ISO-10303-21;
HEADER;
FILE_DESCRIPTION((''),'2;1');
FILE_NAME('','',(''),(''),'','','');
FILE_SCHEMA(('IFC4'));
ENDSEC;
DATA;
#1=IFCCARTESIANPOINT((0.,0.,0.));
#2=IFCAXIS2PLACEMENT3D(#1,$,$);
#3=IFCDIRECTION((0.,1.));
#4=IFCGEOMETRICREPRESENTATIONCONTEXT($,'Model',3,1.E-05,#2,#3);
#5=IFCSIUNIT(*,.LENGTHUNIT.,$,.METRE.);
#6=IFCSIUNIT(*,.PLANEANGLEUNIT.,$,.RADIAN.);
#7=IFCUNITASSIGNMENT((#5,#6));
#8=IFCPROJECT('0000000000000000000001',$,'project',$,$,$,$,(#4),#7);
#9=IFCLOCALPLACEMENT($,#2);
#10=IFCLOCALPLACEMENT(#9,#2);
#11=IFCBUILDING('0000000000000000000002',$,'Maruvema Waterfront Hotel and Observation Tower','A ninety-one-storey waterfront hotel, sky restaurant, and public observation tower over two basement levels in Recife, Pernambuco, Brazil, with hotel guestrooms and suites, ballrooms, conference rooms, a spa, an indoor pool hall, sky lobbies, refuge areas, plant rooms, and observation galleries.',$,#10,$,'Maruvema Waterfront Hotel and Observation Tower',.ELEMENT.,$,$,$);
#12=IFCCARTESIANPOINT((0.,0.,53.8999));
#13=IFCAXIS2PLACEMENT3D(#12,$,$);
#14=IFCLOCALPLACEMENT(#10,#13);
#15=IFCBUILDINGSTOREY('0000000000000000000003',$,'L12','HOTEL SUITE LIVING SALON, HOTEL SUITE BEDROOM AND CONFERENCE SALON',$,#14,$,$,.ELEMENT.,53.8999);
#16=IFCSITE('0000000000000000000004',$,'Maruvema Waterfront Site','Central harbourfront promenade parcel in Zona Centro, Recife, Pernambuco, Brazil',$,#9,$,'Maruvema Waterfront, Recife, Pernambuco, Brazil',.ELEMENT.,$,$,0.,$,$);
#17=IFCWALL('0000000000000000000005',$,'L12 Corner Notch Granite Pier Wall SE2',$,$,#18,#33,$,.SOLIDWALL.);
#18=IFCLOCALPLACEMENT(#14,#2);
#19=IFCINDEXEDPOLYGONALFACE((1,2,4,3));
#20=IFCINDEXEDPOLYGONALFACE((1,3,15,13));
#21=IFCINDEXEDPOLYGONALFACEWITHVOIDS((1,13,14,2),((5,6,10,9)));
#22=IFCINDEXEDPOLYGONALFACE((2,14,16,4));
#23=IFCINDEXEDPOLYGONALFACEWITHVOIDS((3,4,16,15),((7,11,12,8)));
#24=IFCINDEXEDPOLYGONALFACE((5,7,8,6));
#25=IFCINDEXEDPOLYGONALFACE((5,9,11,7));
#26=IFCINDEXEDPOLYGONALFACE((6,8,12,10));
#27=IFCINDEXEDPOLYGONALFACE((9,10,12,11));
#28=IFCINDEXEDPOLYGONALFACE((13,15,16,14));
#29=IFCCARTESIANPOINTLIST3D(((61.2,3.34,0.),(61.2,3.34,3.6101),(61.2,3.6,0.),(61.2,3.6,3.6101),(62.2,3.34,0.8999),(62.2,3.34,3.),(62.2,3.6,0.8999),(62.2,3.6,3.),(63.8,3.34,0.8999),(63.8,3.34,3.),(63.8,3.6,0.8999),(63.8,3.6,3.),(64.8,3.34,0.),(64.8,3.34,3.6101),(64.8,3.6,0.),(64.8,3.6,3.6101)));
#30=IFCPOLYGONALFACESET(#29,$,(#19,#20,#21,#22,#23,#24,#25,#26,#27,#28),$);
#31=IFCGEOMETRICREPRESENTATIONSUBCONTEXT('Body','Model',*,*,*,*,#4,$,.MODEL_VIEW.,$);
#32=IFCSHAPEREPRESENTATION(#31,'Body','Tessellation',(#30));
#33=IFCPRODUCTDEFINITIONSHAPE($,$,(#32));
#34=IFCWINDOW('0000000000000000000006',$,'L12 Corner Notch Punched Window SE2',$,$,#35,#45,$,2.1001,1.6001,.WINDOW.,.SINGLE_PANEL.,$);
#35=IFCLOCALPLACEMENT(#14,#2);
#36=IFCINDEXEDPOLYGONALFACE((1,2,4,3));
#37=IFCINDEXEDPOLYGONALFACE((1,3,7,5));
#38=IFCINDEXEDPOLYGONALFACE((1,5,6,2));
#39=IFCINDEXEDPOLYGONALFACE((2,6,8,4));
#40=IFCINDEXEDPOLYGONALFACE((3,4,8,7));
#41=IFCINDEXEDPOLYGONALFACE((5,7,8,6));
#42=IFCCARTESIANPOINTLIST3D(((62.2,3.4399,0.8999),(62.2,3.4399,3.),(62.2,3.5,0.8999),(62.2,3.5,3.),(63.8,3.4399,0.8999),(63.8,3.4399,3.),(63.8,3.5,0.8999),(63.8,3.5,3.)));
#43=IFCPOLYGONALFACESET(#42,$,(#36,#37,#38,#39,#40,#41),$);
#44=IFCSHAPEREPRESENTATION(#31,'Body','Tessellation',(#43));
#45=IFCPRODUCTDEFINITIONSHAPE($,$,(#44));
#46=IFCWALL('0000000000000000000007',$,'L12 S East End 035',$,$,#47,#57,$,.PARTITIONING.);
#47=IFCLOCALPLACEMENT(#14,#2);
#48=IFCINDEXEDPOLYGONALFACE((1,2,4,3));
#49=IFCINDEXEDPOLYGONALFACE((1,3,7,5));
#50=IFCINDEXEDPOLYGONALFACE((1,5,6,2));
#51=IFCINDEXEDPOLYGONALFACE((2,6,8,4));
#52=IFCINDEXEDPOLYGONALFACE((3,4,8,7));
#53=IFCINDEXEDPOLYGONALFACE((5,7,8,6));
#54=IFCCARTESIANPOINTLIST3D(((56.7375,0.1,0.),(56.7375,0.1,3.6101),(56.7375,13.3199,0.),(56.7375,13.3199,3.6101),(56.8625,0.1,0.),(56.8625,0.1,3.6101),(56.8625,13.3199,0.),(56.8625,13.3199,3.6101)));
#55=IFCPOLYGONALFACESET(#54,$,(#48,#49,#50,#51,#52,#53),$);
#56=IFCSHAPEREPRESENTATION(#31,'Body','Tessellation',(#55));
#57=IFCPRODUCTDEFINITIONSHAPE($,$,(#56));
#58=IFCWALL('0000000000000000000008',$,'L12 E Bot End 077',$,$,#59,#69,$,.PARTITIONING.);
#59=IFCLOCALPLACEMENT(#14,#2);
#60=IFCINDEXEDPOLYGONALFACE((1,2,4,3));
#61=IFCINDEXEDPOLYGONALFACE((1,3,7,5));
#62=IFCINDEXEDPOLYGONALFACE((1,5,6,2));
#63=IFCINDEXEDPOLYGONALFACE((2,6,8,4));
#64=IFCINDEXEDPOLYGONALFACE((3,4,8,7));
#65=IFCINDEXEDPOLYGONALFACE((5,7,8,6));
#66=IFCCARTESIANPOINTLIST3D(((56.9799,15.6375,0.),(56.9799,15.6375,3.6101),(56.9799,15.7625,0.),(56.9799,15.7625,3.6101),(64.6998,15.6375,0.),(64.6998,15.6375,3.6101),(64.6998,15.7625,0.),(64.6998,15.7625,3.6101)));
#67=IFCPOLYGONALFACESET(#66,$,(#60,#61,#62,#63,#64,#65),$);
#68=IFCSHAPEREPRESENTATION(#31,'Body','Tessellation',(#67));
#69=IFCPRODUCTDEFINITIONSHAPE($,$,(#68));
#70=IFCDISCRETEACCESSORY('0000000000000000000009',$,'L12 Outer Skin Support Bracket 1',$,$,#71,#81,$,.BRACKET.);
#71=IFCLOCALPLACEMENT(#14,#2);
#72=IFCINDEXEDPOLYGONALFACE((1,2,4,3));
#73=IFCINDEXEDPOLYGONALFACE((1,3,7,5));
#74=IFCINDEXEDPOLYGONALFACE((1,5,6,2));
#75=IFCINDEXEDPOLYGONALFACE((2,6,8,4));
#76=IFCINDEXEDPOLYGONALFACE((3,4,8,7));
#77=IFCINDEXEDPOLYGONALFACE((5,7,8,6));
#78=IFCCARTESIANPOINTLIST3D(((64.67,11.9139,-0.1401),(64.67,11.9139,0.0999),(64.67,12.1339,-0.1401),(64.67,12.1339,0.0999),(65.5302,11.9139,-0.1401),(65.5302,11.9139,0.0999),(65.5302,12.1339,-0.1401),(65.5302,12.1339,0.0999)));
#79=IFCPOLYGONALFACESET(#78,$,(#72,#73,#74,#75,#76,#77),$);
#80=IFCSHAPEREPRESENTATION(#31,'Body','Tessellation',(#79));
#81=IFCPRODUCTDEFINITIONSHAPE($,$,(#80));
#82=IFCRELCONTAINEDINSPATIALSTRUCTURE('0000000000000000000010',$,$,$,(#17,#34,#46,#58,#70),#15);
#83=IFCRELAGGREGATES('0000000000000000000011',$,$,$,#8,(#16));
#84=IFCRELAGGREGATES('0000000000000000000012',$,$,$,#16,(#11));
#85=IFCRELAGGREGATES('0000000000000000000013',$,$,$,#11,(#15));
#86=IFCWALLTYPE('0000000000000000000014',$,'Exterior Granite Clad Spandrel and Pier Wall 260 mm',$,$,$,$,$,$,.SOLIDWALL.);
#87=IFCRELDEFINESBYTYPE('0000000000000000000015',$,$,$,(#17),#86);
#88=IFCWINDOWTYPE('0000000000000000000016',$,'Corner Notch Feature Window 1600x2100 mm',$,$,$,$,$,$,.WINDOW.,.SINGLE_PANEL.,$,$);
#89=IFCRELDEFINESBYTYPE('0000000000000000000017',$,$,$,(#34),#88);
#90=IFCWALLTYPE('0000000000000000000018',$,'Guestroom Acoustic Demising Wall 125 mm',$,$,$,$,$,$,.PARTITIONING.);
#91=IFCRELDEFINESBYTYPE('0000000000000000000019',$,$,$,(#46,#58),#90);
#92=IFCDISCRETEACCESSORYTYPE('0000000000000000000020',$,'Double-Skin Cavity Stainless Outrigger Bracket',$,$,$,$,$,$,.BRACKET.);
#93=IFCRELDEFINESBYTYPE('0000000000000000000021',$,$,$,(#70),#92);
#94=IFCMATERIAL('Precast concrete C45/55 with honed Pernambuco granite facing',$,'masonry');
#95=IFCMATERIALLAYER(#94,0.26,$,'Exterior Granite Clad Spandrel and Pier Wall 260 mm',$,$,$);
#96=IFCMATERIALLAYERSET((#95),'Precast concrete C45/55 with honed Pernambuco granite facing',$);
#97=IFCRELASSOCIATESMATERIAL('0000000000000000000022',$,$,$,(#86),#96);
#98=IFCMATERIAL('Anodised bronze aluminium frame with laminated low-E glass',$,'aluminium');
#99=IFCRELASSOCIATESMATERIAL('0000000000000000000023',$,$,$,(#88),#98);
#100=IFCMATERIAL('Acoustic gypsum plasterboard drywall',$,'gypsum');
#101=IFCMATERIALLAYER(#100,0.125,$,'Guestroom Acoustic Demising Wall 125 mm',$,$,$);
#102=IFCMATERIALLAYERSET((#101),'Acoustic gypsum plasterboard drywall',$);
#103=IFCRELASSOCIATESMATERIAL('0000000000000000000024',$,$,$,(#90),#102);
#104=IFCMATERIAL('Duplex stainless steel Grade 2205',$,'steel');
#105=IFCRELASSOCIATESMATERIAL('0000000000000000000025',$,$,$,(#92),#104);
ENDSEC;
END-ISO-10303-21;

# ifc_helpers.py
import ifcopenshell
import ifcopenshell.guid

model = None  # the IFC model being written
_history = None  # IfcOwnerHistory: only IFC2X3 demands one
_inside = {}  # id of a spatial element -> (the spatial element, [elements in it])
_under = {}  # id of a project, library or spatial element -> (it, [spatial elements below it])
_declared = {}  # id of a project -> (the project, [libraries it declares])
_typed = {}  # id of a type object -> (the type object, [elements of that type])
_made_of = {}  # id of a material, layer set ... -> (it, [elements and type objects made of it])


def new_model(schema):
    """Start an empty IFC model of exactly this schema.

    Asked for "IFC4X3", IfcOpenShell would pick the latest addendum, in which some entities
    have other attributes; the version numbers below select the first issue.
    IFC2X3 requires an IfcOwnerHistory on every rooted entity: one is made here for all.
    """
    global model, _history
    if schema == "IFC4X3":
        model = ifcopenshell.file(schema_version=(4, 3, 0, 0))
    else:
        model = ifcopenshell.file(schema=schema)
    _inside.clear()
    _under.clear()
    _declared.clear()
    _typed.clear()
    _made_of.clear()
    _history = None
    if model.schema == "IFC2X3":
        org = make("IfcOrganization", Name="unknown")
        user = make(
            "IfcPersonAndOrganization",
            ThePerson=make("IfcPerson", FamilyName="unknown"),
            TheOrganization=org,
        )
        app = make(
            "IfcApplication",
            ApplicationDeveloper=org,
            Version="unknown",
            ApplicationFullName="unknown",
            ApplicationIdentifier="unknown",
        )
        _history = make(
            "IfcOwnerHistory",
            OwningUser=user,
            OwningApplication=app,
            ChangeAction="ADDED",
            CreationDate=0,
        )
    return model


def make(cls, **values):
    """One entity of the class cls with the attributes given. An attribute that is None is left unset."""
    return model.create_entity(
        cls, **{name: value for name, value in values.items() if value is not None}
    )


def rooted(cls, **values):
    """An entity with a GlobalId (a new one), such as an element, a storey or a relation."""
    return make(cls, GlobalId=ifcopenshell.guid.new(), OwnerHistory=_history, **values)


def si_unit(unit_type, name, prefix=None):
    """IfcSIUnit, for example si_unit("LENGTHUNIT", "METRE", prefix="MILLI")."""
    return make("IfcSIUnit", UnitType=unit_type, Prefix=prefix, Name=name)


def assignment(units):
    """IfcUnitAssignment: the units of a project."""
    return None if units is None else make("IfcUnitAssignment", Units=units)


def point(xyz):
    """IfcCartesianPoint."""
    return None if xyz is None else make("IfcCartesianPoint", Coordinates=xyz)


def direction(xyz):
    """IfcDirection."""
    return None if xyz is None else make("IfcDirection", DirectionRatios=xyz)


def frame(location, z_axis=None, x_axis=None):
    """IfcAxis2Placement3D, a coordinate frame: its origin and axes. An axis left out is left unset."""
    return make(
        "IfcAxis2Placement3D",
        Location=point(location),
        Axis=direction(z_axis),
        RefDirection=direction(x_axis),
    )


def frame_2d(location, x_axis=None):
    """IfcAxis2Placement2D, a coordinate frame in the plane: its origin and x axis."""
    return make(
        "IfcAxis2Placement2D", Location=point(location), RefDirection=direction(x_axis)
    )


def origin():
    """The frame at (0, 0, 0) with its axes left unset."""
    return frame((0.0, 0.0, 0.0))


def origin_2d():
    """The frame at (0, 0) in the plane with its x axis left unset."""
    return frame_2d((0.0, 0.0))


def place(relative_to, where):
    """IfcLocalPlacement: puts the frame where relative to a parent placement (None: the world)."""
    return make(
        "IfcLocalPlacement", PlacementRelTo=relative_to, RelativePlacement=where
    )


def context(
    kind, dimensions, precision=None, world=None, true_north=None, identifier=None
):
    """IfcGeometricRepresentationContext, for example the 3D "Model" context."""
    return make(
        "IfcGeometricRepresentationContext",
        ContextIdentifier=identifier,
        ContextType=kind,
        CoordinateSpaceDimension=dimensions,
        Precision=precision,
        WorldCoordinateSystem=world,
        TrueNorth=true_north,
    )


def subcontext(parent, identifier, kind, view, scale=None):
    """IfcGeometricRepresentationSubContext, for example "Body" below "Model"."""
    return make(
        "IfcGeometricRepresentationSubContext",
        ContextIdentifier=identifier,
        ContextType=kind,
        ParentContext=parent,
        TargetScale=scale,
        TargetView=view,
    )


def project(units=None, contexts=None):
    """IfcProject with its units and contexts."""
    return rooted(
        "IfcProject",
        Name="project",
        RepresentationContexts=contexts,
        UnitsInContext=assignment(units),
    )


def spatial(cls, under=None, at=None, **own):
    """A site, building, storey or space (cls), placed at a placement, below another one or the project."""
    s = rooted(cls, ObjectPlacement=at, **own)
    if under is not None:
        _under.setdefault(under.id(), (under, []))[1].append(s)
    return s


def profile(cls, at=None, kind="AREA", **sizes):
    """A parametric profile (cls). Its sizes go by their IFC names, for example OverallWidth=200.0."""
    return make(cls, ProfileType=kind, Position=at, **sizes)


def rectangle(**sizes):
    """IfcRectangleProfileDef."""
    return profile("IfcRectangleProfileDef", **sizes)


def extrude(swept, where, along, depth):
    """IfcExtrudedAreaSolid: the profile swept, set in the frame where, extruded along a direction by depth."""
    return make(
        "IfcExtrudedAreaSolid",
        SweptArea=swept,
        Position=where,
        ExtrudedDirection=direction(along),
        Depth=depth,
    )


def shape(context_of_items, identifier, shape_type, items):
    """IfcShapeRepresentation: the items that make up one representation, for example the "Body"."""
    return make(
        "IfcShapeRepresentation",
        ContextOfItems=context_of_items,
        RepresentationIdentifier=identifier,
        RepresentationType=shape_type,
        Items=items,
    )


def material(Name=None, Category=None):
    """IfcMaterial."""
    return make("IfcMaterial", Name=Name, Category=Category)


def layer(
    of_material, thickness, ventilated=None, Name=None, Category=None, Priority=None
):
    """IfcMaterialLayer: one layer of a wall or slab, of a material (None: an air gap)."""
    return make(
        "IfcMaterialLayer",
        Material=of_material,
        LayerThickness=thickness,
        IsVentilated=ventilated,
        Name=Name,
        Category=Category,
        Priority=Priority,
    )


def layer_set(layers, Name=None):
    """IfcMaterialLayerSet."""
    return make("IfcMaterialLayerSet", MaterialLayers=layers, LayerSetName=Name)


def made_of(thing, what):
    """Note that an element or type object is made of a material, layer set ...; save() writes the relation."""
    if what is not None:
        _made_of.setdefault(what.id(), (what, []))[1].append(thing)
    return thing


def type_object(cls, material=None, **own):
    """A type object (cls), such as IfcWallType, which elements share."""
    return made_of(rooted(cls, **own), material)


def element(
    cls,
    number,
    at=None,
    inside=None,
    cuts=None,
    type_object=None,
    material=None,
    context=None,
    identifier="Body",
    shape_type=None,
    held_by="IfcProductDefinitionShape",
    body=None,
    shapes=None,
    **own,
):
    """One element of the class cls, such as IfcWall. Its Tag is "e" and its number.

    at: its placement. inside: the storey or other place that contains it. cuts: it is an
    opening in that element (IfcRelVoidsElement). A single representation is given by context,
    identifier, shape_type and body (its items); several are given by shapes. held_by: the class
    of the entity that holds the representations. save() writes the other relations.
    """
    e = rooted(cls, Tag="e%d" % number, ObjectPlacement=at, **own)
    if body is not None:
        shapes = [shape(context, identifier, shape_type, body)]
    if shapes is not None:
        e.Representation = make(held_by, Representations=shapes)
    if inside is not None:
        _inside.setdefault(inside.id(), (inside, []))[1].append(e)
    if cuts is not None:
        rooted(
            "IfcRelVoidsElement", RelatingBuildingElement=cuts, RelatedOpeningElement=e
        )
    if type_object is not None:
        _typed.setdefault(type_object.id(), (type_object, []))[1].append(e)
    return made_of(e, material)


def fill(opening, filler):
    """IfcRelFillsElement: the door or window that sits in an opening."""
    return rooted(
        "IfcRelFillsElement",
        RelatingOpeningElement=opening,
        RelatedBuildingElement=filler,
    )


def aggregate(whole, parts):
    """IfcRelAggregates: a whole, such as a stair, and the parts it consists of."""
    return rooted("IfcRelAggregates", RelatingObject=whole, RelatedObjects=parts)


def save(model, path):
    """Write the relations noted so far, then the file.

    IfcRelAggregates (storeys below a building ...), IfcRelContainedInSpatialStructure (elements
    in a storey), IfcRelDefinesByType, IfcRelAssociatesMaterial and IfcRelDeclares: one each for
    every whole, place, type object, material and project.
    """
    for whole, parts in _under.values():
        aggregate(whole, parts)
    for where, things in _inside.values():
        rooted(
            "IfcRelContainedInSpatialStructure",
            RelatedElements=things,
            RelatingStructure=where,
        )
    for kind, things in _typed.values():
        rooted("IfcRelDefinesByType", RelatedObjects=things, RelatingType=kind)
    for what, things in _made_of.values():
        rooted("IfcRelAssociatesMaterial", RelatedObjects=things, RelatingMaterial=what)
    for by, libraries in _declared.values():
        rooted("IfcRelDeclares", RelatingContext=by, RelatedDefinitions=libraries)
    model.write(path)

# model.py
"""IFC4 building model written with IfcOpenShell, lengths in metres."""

from ifc_helpers import new_model, si_unit, direction, frame, frame_2d, origin, origin_2d, place, context, subcontext, project, spatial, rectangle, extrude, material, layer, layer_set, type_object, element, fill, save


model = new_model("IFC4")

# Units and contexts
model_context = context("Model", 3, precision=1e-05, world=origin(), true_north=direction((0.0, 1.0)))
body_context = subcontext(model_context, "Body", "Model", "MODEL_VIEW")
ifc_project = project(units=[si_unit("LENGTHUNIT", "METRE"), si_unit("PLANEANGLEUNIT", "RADIAN")], contexts=[model_context])

# Site, building, storey
site_placement = place(None, origin())
site = spatial("IfcSite", under=ifc_project, at=site_placement, Name="Maruvema Waterfront Site", Description="Central harbourfront promenade parcel in Zona Centro, Recife, Pernambuco, Brazil", LongName="Maruvema Waterfront, Recife, Pernambuco, Brazil", CompositionType="ELEMENT", RefElevation=0.0)
building_placement = place(site_placement, origin())
building = spatial("IfcBuilding", under=site, at=building_placement, Name="Maruvema Waterfront Hotel and Observation Tower", Description="A ninety-one-storey waterfront hotel, sky restaurant, and public observation tower over two basement levels in Recife, Pernambuco, Brazil, with hotel guestrooms and suites, ballrooms, conference rooms, a spa, an indoor pool hall, sky lobbies, refuge areas, plant rooms, and observation galleries.", LongName="Maruvema Waterfront Hotel and Observation Tower", CompositionType="ELEMENT")
storey_placement = place(building_placement, frame((0.0, 0.0, 53.8999)))
storey = spatial("IfcBuildingStorey", under=building, at=storey_placement, Name="L12", Description="HOTEL SUITE LIVING SALON, HOTEL SUITE BEDROOM AND CONFERENCE SALON", CompositionType="ELEMENT", Elevation=53.8999)

# Shared definitions
ifc_material_1 = material(Name="Precast concrete C45/55 with honed Pernambuco granite facing", Category="masonry")
ifc_layer_1 = layer(ifc_material_1, 0.26, Name="Exterior Granite Clad Spandrel and Pier Wall 260 mm")
ifc_layer_set_1 = layer_set([ifc_layer_1], Name="Precast concrete C45/55 with honed Pernambuco granite facing")
wall_type_1 = type_object("IfcWallType", Name="Exterior Granite Clad Spandrel and Pier Wall 260 mm", PredefinedType="SOLIDWALL", material=ifc_layer_set_1)

# Wall, opening, window
wall_1_placement = place(storey_placement, frame((64.8, 3.47, 0.0), z_axis=(0.0, 0.0, 1.0), x_axis=(-1.0, 0.0, 0.0)))
wall_1 = element("IfcWall", 1, at=wall_1_placement, inside=storey, type_object=wall_type_1, Name="L12 Corner Notch Granite Pier Wall SE2", PredefinedType="SOLIDWALL", context=body_context, shape_type="SweptSolid", body=[
    extrude(rectangle(XDim=3.6001, YDim=0.26, at=frame_2d((1.8, 0.0))), origin(), (0.0, 0.0, 1.0), 3.6101),
])
opening_1_placement = place(wall_1_placement, frame((1.0, 0.0, 0.8999)))
opening_1 = element("IfcOpeningElement", 2, at=opening_1_placement, cuts=wall_1, PredefinedType="OPENING", context=body_context, shape_type="SweptSolid", body=[
    extrude(rectangle(XDim=1.6001, YDim=2.1001, at=frame_2d((0.8, 1.05))), frame((0.0, 0.1401, 0.0), z_axis=(0.0, -1.0, 0.0), x_axis=(1.0, 0.0, 0.0)), (0.0, 0.0, 1.0), 0.28),
])
ifc_material_2 = material(Name="Anodised bronze aluminium frame with laminated low-E glass", Category="aluminium")
window_type = type_object("IfcWindowType", Name="Corner Notch Feature Window 1600x2100 mm", PartitioningType="SINGLE_PANEL", PredefinedType="WINDOW", material=ifc_material_2)
window_placement = place(opening_1_placement, origin())
window = element("IfcWindow", 3, at=window_placement, inside=storey, type_object=window_type, Name="L12 Corner Notch Punched Window SE2", OverallHeight=2.1001, OverallWidth=1.6001, PartitioningType="SINGLE_PANEL", PredefinedType="WINDOW", context=body_context, shape_type="SweptSolid", body=[
    extrude(rectangle(XDim=1.6001, YDim=2.1001, at=frame_2d((0.8, 1.05))), frame((0.0, 0.03, 0.0), z_axis=(0.0, -1.0, 0.0), x_axis=(1.0, 0.0, 0.0)), (0.0, 0.0, 1.0), 0.0601),
])
fill(opening_1, window)

# Walls
ifc_material_3 = material(Name="Acoustic gypsum plasterboard drywall", Category="gypsum")
ifc_layer_2 = layer(ifc_material_3, 0.125, Name="Guestroom Acoustic Demising Wall 125 mm")
ifc_layer_set_2 = layer_set([ifc_layer_2], Name="Acoustic gypsum plasterboard drywall")
wall_type_2 = type_object("IfcWallType", Name="Guestroom Acoustic Demising Wall 125 mm", PredefinedType="PARTITIONING", material=ifc_layer_set_2)
wall_2_placement = place(storey_placement, frame((56.8, 0.1001, 0.0), z_axis=(0.0, 0.0, 1.0), x_axis=(0.0, 1.0, 0.0)))
element("IfcWall", 4, at=wall_2_placement, inside=storey, type_object=wall_type_2, Name="L12 S East End 035", PredefinedType="PARTITIONING", context=body_context, shape_type="SweptSolid", body=[
    extrude(rectangle(XDim=13.22, YDim=0.125, at=frame_2d((6.6099, 0.0))), origin(), (0.0, 0.0, 1.0), 3.6101),
])
wall_3_placement = place(storey_placement, frame((56.98, 15.7, 0.0), z_axis=(0.0, 0.0, 1.0), x_axis=(1.0, 0.0, 0.0)))
element("IfcWall", 5, at=wall_3_placement, inside=storey, type_object=wall_type_2, Name="L12 E Bot End 077", PredefinedType="PARTITIONING", context=body_context, shape_type="SweptSolid", body=[
    extrude(rectangle(XDim=7.72, YDim=0.125, at=frame_2d((3.8599, 0.0))), origin(), (0.0, 0.0, 1.0), 3.6101),
])

# Discrete accessory
ifc_material_4 = material(Name="Duplex stainless steel Grade 2205", Category="steel")
discrete_accessory_type = type_object("IfcDiscreteAccessoryType", Name="Double-Skin Cavity Stainless Outrigger Bracket", PredefinedType="BRACKET", material=ifc_material_4)
discrete_accessory_placement = place(storey_placement, frame((65.1001, 12.0239, -0.1401), z_axis=(0.0, 0.0, 1.0), x_axis=(0.0, 1.0, 0.0)))
element("IfcDiscreteAccessory", 6, at=discrete_accessory_placement, inside=storey, type_object=discrete_accessory_type, Name="L12 Outer Skin Support Bracket 1", PredefinedType="BRACKET", context=body_context, shape_type="SweptSolid", body=[
    extrude(rectangle(XDim=0.22, YDim=0.8601, at=origin_2d()), origin(), (0.0, 0.0, 1.0), 0.24),
])

save(model, "model.ifc")
